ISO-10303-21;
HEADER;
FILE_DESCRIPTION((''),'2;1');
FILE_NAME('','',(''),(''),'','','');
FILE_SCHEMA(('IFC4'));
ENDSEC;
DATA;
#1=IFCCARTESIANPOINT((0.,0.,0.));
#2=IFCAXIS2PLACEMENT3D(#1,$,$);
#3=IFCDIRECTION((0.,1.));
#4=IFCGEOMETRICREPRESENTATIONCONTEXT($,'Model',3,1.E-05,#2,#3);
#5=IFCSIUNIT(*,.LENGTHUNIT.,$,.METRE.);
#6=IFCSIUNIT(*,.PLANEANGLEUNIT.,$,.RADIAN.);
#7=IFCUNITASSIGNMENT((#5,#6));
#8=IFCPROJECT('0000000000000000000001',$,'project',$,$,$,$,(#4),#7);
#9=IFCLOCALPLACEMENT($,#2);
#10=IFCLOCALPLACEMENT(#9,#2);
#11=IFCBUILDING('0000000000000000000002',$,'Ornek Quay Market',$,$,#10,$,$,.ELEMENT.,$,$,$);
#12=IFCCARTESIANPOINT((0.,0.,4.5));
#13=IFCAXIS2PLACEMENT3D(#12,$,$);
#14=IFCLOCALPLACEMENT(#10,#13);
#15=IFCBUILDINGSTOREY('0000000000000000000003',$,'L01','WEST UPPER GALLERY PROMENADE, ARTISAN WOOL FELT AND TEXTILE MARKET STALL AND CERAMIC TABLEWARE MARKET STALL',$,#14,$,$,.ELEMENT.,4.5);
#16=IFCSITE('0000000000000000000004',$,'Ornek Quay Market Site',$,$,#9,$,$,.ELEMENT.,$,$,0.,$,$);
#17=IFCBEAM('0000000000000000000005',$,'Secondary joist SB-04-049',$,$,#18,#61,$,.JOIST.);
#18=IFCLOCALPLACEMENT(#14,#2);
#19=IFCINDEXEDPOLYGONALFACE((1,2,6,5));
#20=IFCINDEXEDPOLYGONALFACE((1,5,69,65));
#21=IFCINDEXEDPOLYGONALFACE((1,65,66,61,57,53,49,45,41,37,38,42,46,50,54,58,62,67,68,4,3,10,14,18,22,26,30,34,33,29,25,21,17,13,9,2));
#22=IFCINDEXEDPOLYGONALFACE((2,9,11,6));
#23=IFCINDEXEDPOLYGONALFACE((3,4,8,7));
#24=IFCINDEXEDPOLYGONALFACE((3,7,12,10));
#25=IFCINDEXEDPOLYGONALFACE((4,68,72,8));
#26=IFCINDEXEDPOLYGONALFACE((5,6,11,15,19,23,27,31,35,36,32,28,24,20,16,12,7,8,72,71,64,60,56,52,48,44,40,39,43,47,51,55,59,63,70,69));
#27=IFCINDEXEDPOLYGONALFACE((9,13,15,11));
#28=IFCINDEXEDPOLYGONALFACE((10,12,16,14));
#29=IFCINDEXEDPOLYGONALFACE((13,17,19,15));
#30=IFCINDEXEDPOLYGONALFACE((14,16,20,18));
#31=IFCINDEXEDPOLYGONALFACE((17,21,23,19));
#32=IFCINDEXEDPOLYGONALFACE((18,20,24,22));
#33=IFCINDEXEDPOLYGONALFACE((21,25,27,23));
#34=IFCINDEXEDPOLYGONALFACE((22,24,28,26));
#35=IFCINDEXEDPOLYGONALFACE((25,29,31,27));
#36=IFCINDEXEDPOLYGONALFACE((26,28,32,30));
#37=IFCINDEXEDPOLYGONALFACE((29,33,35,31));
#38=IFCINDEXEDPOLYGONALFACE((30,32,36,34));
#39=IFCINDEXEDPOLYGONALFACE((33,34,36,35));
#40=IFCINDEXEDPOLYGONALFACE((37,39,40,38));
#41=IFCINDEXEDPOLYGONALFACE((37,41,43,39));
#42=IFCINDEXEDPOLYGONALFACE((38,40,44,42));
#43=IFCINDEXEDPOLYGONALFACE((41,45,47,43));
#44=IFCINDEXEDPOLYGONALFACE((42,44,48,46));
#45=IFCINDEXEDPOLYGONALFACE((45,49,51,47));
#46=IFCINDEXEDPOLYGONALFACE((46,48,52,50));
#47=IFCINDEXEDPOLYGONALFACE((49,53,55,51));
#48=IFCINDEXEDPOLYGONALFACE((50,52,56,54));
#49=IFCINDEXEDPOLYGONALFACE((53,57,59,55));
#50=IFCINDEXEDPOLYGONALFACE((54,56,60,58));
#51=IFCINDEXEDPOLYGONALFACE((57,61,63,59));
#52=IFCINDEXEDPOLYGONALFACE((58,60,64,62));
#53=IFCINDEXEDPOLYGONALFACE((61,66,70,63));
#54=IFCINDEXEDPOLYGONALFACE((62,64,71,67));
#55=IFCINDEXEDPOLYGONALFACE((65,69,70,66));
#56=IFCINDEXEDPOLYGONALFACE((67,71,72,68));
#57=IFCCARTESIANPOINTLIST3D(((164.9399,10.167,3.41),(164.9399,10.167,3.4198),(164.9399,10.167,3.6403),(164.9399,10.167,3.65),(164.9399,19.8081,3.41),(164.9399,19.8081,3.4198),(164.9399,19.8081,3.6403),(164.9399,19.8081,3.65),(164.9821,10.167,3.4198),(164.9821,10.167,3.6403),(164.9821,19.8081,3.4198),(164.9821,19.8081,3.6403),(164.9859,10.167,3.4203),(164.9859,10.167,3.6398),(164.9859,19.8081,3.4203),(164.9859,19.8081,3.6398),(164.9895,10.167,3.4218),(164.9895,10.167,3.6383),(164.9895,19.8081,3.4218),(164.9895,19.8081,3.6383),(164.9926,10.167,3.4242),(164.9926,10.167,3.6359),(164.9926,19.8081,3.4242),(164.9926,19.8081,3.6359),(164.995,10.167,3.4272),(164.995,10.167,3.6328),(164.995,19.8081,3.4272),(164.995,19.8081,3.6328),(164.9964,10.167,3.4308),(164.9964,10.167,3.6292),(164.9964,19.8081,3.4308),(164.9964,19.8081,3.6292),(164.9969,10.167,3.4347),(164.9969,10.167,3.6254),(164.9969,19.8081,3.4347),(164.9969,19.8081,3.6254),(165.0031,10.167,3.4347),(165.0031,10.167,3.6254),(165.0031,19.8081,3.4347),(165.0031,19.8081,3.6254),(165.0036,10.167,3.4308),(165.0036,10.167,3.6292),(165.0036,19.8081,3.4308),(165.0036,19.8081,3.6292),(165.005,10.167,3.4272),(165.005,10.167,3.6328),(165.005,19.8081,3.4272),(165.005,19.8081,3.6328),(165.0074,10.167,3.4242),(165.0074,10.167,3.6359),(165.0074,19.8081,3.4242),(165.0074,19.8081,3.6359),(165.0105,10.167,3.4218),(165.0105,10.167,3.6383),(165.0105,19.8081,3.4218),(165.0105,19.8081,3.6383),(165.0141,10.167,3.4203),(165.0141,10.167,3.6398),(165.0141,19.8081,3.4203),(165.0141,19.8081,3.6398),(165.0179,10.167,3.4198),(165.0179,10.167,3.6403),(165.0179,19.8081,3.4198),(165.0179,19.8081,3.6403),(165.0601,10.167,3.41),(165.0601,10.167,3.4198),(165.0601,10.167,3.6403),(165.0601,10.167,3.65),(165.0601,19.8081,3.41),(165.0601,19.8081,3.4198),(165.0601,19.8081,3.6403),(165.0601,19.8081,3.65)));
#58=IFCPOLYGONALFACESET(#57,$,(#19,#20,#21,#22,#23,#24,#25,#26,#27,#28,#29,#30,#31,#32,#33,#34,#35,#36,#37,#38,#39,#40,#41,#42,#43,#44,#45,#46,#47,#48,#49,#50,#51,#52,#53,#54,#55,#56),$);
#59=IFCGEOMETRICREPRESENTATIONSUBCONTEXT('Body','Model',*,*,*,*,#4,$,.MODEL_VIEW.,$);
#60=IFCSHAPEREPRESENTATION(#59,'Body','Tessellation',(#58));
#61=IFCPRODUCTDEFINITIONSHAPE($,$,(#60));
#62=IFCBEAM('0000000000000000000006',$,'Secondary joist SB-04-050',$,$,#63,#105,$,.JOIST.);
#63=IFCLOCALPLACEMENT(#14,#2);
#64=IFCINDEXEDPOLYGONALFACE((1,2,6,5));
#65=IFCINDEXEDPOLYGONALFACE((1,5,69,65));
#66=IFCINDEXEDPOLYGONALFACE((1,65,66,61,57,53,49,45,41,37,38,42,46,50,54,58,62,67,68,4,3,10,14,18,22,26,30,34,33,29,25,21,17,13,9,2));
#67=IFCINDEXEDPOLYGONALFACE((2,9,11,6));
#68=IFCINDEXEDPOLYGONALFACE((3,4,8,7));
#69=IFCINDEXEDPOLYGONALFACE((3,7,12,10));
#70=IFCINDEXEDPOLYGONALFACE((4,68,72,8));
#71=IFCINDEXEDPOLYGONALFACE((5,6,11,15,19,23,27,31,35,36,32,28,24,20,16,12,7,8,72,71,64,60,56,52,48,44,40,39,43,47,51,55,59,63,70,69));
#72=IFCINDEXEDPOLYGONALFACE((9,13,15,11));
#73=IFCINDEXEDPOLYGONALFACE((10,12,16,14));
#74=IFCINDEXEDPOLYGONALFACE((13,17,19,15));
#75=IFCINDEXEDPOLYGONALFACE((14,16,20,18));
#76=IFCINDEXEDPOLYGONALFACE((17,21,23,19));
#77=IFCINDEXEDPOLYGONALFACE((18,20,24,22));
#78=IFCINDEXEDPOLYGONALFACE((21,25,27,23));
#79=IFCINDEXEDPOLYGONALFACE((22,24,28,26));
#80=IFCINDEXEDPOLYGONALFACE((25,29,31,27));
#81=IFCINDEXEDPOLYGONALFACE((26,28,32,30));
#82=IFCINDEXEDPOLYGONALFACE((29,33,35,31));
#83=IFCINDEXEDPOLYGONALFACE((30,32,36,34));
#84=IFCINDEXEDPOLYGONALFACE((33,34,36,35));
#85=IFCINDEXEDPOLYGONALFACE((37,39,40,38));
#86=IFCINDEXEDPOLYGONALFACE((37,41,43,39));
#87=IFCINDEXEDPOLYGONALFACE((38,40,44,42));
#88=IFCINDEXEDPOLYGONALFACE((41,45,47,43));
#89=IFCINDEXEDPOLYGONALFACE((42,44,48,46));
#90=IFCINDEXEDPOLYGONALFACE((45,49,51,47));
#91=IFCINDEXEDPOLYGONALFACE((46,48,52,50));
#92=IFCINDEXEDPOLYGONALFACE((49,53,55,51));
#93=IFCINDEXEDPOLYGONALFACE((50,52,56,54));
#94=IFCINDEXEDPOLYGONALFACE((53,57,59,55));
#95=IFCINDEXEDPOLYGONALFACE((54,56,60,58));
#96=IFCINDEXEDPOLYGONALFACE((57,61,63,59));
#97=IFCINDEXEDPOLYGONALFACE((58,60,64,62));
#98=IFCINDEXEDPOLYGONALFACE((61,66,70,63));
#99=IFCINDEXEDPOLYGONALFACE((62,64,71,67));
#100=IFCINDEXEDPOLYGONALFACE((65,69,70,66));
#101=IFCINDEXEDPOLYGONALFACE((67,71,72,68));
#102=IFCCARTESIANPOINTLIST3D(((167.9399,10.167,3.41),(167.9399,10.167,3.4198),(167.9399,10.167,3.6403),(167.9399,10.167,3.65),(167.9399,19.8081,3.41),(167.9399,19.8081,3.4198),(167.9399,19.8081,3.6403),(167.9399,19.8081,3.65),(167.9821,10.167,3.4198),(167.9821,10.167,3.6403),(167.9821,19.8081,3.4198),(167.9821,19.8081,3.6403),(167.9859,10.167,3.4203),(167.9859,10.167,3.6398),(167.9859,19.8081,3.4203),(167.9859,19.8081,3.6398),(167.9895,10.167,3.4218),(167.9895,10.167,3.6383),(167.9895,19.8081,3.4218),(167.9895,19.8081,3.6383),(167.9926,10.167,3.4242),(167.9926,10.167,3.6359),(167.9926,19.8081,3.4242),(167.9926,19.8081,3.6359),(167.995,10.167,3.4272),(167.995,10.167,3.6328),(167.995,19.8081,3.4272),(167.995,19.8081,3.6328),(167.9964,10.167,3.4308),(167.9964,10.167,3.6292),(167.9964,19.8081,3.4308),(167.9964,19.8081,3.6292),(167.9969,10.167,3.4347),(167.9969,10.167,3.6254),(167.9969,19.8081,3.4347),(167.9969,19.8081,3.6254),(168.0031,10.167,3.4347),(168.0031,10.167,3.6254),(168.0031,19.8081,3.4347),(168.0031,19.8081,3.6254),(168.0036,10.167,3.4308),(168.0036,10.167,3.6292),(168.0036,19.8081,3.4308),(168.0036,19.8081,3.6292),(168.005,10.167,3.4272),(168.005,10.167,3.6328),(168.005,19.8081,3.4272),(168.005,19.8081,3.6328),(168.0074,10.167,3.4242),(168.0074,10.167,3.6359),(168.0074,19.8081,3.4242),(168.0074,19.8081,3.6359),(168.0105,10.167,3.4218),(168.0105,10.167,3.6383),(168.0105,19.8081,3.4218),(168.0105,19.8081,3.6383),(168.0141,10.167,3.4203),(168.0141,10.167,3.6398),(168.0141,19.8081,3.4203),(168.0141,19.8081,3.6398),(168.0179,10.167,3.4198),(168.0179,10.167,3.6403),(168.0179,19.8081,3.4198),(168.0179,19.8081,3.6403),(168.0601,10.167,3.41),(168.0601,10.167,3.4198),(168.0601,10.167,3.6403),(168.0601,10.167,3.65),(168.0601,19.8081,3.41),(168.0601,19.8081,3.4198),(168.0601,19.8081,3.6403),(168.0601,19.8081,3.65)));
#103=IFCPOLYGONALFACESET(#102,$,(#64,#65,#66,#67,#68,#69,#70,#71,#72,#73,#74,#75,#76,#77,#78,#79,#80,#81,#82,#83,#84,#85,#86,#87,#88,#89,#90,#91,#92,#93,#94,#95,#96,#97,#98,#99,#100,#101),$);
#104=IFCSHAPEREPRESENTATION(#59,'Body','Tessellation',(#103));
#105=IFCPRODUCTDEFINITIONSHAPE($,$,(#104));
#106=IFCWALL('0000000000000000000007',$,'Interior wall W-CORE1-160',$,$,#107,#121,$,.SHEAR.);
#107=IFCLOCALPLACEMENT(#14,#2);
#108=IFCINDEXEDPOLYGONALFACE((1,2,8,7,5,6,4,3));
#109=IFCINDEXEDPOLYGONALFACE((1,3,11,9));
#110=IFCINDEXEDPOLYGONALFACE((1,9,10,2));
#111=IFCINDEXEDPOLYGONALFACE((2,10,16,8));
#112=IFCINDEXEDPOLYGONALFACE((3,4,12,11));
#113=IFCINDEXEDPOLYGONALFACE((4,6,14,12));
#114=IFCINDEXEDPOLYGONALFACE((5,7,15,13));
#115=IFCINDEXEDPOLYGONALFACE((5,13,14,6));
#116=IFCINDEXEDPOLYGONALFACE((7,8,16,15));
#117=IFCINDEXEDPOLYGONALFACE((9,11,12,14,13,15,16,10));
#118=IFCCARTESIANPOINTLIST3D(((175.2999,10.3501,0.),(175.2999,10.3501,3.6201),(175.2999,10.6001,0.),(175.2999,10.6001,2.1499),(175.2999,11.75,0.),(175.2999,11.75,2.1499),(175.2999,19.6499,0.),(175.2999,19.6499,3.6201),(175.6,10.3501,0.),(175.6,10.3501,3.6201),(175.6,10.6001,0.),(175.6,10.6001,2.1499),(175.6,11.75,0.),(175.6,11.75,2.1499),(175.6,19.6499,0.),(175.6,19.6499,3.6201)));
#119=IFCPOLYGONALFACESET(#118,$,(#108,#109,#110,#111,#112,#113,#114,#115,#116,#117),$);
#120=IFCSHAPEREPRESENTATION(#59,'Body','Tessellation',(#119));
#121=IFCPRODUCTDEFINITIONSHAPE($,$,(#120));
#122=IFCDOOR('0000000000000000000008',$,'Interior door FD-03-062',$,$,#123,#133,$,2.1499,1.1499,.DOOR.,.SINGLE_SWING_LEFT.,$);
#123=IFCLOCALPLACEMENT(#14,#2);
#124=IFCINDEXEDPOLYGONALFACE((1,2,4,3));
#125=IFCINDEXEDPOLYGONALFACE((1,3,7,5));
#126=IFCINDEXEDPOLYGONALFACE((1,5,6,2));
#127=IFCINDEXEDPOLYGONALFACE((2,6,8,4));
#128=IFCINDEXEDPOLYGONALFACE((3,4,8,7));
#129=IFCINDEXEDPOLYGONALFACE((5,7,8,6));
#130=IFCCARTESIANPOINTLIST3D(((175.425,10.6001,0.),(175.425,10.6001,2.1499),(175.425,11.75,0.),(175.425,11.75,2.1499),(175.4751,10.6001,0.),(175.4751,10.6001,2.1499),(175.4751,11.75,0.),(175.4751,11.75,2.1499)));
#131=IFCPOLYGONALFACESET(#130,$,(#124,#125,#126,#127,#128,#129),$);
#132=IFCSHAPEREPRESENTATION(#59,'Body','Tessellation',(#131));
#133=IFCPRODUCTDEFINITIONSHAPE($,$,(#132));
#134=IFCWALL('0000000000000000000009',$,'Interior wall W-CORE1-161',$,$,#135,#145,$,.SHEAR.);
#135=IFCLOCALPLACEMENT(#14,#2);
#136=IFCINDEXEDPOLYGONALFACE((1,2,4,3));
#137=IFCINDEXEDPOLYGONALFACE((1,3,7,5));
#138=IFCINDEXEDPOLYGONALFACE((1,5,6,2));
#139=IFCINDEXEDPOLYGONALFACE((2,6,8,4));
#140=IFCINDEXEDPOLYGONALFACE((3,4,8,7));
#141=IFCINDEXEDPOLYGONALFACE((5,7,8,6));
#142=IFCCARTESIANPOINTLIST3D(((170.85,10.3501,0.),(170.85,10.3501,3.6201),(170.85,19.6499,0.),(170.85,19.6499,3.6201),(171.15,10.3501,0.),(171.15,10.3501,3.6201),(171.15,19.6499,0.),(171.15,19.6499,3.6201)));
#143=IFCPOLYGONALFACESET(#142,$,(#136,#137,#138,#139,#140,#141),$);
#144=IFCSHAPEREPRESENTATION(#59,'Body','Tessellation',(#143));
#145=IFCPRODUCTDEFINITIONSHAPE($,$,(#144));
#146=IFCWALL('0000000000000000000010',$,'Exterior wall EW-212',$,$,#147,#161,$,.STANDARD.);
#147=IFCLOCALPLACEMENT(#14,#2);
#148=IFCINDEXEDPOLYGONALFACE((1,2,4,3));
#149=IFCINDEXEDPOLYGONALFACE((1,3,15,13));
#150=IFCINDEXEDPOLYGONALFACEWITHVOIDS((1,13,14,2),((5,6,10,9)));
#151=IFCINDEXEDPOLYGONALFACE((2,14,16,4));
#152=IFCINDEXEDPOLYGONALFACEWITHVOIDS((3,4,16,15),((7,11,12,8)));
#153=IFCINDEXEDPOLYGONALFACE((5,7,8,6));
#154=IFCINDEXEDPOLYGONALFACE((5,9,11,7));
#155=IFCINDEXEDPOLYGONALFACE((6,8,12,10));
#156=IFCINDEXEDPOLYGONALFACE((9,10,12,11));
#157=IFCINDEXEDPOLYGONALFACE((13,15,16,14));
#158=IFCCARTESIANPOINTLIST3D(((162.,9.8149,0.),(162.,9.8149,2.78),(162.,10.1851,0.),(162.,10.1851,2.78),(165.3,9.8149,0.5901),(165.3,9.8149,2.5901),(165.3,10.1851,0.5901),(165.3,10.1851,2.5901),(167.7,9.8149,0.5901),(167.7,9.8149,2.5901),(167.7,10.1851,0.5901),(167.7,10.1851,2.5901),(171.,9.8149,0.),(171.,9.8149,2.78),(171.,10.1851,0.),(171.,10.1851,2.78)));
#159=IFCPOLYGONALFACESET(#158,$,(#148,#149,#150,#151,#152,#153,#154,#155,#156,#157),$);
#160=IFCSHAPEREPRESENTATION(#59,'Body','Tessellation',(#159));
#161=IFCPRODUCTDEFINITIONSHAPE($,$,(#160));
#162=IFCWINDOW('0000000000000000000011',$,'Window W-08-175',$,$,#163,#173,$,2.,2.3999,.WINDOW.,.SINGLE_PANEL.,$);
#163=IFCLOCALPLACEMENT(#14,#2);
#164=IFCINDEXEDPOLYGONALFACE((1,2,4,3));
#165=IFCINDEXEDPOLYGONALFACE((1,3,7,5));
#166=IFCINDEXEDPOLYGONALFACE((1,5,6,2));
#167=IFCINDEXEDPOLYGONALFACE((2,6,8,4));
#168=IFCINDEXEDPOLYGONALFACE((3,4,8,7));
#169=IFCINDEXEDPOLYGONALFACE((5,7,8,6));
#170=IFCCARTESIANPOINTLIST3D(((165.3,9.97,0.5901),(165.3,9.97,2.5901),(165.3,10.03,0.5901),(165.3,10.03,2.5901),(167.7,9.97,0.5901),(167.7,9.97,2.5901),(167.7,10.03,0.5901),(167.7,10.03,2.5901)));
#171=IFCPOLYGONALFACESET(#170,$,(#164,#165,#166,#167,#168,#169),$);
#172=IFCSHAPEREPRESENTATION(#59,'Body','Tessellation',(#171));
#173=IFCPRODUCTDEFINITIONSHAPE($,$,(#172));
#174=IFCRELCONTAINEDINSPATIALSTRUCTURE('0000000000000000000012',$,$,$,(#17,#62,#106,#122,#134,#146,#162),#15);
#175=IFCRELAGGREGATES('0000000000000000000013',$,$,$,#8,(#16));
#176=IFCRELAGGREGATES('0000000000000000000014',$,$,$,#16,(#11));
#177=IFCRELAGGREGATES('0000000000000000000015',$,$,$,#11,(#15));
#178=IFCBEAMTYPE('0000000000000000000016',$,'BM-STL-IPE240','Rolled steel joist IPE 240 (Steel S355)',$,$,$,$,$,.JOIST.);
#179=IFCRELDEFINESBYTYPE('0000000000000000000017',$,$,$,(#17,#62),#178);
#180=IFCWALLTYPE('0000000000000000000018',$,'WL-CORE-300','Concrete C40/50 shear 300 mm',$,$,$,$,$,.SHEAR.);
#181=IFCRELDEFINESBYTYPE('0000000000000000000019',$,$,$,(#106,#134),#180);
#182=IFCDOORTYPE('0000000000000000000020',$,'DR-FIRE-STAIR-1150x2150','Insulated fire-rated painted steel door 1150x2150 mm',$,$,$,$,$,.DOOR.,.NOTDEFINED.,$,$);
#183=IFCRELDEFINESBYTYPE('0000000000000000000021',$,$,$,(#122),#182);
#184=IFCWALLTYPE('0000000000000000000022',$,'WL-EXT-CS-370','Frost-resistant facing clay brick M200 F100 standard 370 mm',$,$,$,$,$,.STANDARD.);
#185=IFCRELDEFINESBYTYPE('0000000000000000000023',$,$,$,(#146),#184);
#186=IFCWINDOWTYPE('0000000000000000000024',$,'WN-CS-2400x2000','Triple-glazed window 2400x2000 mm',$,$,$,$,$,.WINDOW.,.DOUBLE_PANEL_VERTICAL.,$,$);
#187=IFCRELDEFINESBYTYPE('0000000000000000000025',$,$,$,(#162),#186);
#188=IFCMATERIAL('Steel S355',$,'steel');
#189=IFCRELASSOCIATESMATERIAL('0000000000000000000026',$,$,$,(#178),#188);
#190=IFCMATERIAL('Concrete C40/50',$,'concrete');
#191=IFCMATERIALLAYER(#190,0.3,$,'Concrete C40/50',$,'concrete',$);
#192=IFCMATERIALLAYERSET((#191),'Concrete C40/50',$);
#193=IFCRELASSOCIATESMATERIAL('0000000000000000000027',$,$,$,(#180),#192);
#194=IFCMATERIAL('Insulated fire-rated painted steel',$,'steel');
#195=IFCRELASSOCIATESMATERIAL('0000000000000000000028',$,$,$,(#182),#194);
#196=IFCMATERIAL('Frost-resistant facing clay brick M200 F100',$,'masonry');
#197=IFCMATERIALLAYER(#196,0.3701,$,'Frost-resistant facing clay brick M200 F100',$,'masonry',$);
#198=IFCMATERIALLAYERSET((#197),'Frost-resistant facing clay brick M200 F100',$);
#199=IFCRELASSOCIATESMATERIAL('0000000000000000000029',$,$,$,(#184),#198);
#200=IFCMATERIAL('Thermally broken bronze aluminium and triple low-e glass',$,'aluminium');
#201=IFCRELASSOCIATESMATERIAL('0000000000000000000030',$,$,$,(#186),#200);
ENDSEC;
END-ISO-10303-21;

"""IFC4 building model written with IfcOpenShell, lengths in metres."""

from ifc_helpers import new_model, si_unit, direction, frame, frame_2d, origin, origin_2d, place, context, subcontext, project, spatial, rectangle, i_section, extrude, material, layer, layer_set, material_profile, profile_set, type_object, element, fill, save


model = new_model("IFC4")

# Units and contexts
model_context = context("Model", 3, precision=1e-05, world=origin(), true_north=direction((0.0, 1.0)))
body_context = subcontext(model_context, "Body", "Model", "MODEL_VIEW")
ifc_project = project(units=[si_unit("LENGTHUNIT", "METRE"), si_unit("PLANEANGLEUNIT", "RADIAN")], contexts=[model_context])

# Site, building, storey
site_placement = place(None, origin())
site = spatial("IfcSite", under=ifc_project, at=site_placement, Name="Ornek Quay Market Site", CompositionType="ELEMENT", RefElevation=0.0)
building_placement = place(site_placement, origin())
building = spatial("IfcBuilding", under=site, at=building_placement, Name="Ornek Quay Market", CompositionType="ELEMENT")
storey_placement = place(building_placement, frame((0.0, 0.0, 4.5)))
storey = spatial("IfcBuildingStorey", under=building, at=storey_placement, Name="L01", Description="WEST UPPER GALLERY PROMENADE, ARTISAN WOOL FELT AND TEXTILE MARKET STALL AND CERAMIC TABLEWARE MARKET STALL", CompositionType="ELEMENT", Elevation=4.5)

# Shared definitions
ifc_material_1 = material(Name="Concrete C40/50", Category="concrete")

# Beams
ifc_material_2 = material(Name="Steel S355", Category="steel")
ifc_material_profile_1 = material_profile(ifc_material_2, i_section(OverallWidth=0.1201, OverallDepth=0.24, WebThickness=0.0061, FlangeThickness=0.0098, FilletRadius=0.0149, at=origin_2d()), Name="IPE 240", Category="steel")
ifc_profile_set_1 = profile_set([ifc_material_profile_1], Name="Steel S355")
beam_type_1 = type_object("IfcBeamType", Name="BM-STL-IPE240", Description="Rolled steel joist IPE 240 (Steel S355)", PredefinedType="JOIST", material=ifc_profile_set_1)
for number, where, z_axis, x_axis, name in (
    (1, (165.0, 10.167, 3.53), (0.0, 1.0, 0.0), (-1.0, 0.0, 0.0), "Secondary joist SB-04-049"),
    (2, (168.0, 10.167, 3.53), (0.0, 1.0, 0.0), (-1.0, 0.0, 0.0), "Secondary joist SB-04-050"),
):
    element("IfcBeam", number, at=place(storey_placement, frame(where, z_axis=z_axis, x_axis=x_axis)), inside=storey, type_object=beam_type_1, Name=name, PredefinedType="JOIST", context=body_context, shape_type="SweptSolid", body=[
        extrude(i_section(OverallWidth=0.1201, OverallDepth=0.24, WebThickness=0.0061, FlangeThickness=0.0098, FilletRadius=0.0149, at=origin_2d()), origin(), (0.0, 0.0, 1.0), 9.6411),
    ])

# Wall, opening, door
ifc_layer_1 = layer(ifc_material_1, 0.3, Name="Concrete C40/50", Category="concrete")
ifc_layer_set_1 = layer_set([ifc_layer_1], Name="Concrete C40/50")
wall_type_1 = type_object("IfcWallType", Name="WL-CORE-300", Description="Concrete C40/50 shear 300 mm", PredefinedType="SHEAR", material=ifc_layer_set_1)
wall_1_placement = place(storey_placement, frame((175.45, 10.3501, 0.0), z_axis=(0.0, 0.0, 1.0), x_axis=(0.0, 1.0, 0.0)))
wall_1 = element("IfcWall", 3, at=wall_1_placement, inside=storey, type_object=wall_type_1, Name="Interior wall W-CORE1-160", PredefinedType="SHEAR", context=body_context, shape_type="SweptSolid", body=[
    extrude(rectangle(XDim=9.2998, YDim=0.3, at=frame_2d((4.6499, 0.0))), origin(), (0.0, 0.0, 1.0), 3.6201),
])
opening_1_placement = place(wall_1_placement, frame((0.25, 0.0, 0.0)))
opening_1 = element("IfcOpeningElement", 4, at=opening_1_placement, cuts=wall_1, PredefinedType="OPENING", context=body_context, shape_type="SweptSolid", body=[
    extrude(rectangle(XDim=1.1499, YDim=2.1499, at=frame_2d((0.575, 1.075))), frame((0.0, 0.1599, 0.0), z_axis=(0.0, -1.0, 0.0), x_axis=(1.0, 0.0, 0.0)), (0.0, 0.0, 1.0), 0.3201),
])
ifc_material_3 = material(Name="Insulated fire-rated painted steel", Category="steel")
door_type_1 = type_object("IfcDoorType", Name="DR-FIRE-STAIR-1150x2150", Description="Insulated fire-rated painted steel door 1150x2150 mm", OperationType="NOTDEFINED", PredefinedType="DOOR", material=ifc_material_3)
door_1_placement = place(opening_1_placement, origin())
door_1 = element("IfcDoor", 5, at=door_1_placement, inside=storey, type_object=door_type_1, Name="Interior door FD-03-062", OperationType="SINGLE_SWING_LEFT", OverallHeight=2.1499, OverallWidth=1.1499, PredefinedType="DOOR", context=body_context, shape_type="SweptSolid", body=[
    extrude(rectangle(XDim=1.1499, YDim=2.1499, at=frame_2d((0.575, 1.075))), frame((0.0, 0.0249, 0.0), z_axis=(0.0, -1.0, 0.0), x_axis=(1.0, 0.0, 0.0)), (0.0, 0.0, 1.0), 0.05),
])
fill(opening_1, door_1)

# Wall
wall_2_placement = place(storey_placement, frame((171.0, 10.3501, 0.0), z_axis=(0.0, 0.0, 1.0), x_axis=(0.0, 1.0, 0.0)))
element("IfcWall", 6, at=wall_2_placement, inside=storey, type_object=wall_type_1, Name="Interior wall W-CORE1-161", PredefinedType="SHEAR", context=body_context, shape_type="SweptSolid", body=[
    extrude(rectangle(XDim=9.2998, YDim=0.3, at=frame_2d((4.6499, 0.0))), origin(), (0.0, 0.0, 1.0), 3.6201),
])

# Wall, opening, window
ifc_material_4 = material(Name="Frost-resistant facing clay brick M200 F100", Category="masonry")
ifc_layer_2 = layer(ifc_material_4, 0.3701, Name="Frost-resistant facing clay brick M200 F100", Category="masonry")
ifc_layer_set_2 = layer_set([ifc_layer_2], Name="Frost-resistant facing clay brick M200 F100")
wall_type_2 = type_object("IfcWallType", Name="WL-EXT-CS-370", Description="Frost-resistant facing clay brick M200 F100 standard 370 mm", PredefinedType="STANDARD", material=ifc_layer_set_2)
wall_3_placement = place(storey_placement, frame((162.0, 10.0, 0.0), z_axis=(0.0, 0.0, 1.0), x_axis=(1.0, 0.0, 0.0)))
wall_3 = element("IfcWall", 7, at=wall_3_placement, inside=storey, type_object=wall_type_2, Name="Exterior wall EW-212", PredefinedType="STANDARD", context=body_context, shape_type="SweptSolid", body=[
    extrude(rectangle(XDim=9.0, YDim=0.3701, at=frame_2d((4.5, 0.0))), origin(), (0.0, 0.0, 1.0), 2.78),
])
opening_2_placement = place(wall_3_placement, frame((3.3, 0.0, 0.5901)))
opening_2 = element("IfcOpeningElement", 8, at=opening_2_placement, cuts=wall_3, PredefinedType="OPENING", context=body_context, shape_type="SweptSolid", body=[
    extrude(rectangle(XDim=2.3999, YDim=2.0, at=frame_2d((1.2, 1.0))), frame((0.0, 0.1951, 0.0), z_axis=(0.0, -1.0, 0.0), x_axis=(1.0, 0.0, 0.0)), (0.0, 0.0, 1.0), 0.3901),
])
ifc_material_5 = material(Name="Thermally broken bronze aluminium and triple low-e glass", Category="aluminium")
window_type_1 = type_object("IfcWindowType", Name="WN-CS-2400x2000", Description="Triple-glazed window 2400x2000 mm", PartitioningType="DOUBLE_PANEL_VERTICAL", PredefinedType="WINDOW", material=ifc_material_5)
window_1_placement = place(opening_2_placement, origin())
window_1 = element("IfcWindow", 9, at=window_1_placement, inside=storey, type_object=window_type_1, Name="Window W-08-175", OverallHeight=2.0, OverallWidth=2.3999, PartitioningType="SINGLE_PANEL", PredefinedType="WINDOW", context=body_context, shape_type="SweptSolid", body=[
    extrude(rectangle(XDim=2.3999, YDim=2.0, at=frame_2d((1.2, 1.0))), frame((0.0, 0.03, 0.0), z_axis=(0.0, -1.0, 0.0), x_axis=(1.0, 0.0, 0.0)), (0.0, 0.0, 1.0), 0.0601),
])
fill(opening_2, window_1)

save(model, "model.ifc")
